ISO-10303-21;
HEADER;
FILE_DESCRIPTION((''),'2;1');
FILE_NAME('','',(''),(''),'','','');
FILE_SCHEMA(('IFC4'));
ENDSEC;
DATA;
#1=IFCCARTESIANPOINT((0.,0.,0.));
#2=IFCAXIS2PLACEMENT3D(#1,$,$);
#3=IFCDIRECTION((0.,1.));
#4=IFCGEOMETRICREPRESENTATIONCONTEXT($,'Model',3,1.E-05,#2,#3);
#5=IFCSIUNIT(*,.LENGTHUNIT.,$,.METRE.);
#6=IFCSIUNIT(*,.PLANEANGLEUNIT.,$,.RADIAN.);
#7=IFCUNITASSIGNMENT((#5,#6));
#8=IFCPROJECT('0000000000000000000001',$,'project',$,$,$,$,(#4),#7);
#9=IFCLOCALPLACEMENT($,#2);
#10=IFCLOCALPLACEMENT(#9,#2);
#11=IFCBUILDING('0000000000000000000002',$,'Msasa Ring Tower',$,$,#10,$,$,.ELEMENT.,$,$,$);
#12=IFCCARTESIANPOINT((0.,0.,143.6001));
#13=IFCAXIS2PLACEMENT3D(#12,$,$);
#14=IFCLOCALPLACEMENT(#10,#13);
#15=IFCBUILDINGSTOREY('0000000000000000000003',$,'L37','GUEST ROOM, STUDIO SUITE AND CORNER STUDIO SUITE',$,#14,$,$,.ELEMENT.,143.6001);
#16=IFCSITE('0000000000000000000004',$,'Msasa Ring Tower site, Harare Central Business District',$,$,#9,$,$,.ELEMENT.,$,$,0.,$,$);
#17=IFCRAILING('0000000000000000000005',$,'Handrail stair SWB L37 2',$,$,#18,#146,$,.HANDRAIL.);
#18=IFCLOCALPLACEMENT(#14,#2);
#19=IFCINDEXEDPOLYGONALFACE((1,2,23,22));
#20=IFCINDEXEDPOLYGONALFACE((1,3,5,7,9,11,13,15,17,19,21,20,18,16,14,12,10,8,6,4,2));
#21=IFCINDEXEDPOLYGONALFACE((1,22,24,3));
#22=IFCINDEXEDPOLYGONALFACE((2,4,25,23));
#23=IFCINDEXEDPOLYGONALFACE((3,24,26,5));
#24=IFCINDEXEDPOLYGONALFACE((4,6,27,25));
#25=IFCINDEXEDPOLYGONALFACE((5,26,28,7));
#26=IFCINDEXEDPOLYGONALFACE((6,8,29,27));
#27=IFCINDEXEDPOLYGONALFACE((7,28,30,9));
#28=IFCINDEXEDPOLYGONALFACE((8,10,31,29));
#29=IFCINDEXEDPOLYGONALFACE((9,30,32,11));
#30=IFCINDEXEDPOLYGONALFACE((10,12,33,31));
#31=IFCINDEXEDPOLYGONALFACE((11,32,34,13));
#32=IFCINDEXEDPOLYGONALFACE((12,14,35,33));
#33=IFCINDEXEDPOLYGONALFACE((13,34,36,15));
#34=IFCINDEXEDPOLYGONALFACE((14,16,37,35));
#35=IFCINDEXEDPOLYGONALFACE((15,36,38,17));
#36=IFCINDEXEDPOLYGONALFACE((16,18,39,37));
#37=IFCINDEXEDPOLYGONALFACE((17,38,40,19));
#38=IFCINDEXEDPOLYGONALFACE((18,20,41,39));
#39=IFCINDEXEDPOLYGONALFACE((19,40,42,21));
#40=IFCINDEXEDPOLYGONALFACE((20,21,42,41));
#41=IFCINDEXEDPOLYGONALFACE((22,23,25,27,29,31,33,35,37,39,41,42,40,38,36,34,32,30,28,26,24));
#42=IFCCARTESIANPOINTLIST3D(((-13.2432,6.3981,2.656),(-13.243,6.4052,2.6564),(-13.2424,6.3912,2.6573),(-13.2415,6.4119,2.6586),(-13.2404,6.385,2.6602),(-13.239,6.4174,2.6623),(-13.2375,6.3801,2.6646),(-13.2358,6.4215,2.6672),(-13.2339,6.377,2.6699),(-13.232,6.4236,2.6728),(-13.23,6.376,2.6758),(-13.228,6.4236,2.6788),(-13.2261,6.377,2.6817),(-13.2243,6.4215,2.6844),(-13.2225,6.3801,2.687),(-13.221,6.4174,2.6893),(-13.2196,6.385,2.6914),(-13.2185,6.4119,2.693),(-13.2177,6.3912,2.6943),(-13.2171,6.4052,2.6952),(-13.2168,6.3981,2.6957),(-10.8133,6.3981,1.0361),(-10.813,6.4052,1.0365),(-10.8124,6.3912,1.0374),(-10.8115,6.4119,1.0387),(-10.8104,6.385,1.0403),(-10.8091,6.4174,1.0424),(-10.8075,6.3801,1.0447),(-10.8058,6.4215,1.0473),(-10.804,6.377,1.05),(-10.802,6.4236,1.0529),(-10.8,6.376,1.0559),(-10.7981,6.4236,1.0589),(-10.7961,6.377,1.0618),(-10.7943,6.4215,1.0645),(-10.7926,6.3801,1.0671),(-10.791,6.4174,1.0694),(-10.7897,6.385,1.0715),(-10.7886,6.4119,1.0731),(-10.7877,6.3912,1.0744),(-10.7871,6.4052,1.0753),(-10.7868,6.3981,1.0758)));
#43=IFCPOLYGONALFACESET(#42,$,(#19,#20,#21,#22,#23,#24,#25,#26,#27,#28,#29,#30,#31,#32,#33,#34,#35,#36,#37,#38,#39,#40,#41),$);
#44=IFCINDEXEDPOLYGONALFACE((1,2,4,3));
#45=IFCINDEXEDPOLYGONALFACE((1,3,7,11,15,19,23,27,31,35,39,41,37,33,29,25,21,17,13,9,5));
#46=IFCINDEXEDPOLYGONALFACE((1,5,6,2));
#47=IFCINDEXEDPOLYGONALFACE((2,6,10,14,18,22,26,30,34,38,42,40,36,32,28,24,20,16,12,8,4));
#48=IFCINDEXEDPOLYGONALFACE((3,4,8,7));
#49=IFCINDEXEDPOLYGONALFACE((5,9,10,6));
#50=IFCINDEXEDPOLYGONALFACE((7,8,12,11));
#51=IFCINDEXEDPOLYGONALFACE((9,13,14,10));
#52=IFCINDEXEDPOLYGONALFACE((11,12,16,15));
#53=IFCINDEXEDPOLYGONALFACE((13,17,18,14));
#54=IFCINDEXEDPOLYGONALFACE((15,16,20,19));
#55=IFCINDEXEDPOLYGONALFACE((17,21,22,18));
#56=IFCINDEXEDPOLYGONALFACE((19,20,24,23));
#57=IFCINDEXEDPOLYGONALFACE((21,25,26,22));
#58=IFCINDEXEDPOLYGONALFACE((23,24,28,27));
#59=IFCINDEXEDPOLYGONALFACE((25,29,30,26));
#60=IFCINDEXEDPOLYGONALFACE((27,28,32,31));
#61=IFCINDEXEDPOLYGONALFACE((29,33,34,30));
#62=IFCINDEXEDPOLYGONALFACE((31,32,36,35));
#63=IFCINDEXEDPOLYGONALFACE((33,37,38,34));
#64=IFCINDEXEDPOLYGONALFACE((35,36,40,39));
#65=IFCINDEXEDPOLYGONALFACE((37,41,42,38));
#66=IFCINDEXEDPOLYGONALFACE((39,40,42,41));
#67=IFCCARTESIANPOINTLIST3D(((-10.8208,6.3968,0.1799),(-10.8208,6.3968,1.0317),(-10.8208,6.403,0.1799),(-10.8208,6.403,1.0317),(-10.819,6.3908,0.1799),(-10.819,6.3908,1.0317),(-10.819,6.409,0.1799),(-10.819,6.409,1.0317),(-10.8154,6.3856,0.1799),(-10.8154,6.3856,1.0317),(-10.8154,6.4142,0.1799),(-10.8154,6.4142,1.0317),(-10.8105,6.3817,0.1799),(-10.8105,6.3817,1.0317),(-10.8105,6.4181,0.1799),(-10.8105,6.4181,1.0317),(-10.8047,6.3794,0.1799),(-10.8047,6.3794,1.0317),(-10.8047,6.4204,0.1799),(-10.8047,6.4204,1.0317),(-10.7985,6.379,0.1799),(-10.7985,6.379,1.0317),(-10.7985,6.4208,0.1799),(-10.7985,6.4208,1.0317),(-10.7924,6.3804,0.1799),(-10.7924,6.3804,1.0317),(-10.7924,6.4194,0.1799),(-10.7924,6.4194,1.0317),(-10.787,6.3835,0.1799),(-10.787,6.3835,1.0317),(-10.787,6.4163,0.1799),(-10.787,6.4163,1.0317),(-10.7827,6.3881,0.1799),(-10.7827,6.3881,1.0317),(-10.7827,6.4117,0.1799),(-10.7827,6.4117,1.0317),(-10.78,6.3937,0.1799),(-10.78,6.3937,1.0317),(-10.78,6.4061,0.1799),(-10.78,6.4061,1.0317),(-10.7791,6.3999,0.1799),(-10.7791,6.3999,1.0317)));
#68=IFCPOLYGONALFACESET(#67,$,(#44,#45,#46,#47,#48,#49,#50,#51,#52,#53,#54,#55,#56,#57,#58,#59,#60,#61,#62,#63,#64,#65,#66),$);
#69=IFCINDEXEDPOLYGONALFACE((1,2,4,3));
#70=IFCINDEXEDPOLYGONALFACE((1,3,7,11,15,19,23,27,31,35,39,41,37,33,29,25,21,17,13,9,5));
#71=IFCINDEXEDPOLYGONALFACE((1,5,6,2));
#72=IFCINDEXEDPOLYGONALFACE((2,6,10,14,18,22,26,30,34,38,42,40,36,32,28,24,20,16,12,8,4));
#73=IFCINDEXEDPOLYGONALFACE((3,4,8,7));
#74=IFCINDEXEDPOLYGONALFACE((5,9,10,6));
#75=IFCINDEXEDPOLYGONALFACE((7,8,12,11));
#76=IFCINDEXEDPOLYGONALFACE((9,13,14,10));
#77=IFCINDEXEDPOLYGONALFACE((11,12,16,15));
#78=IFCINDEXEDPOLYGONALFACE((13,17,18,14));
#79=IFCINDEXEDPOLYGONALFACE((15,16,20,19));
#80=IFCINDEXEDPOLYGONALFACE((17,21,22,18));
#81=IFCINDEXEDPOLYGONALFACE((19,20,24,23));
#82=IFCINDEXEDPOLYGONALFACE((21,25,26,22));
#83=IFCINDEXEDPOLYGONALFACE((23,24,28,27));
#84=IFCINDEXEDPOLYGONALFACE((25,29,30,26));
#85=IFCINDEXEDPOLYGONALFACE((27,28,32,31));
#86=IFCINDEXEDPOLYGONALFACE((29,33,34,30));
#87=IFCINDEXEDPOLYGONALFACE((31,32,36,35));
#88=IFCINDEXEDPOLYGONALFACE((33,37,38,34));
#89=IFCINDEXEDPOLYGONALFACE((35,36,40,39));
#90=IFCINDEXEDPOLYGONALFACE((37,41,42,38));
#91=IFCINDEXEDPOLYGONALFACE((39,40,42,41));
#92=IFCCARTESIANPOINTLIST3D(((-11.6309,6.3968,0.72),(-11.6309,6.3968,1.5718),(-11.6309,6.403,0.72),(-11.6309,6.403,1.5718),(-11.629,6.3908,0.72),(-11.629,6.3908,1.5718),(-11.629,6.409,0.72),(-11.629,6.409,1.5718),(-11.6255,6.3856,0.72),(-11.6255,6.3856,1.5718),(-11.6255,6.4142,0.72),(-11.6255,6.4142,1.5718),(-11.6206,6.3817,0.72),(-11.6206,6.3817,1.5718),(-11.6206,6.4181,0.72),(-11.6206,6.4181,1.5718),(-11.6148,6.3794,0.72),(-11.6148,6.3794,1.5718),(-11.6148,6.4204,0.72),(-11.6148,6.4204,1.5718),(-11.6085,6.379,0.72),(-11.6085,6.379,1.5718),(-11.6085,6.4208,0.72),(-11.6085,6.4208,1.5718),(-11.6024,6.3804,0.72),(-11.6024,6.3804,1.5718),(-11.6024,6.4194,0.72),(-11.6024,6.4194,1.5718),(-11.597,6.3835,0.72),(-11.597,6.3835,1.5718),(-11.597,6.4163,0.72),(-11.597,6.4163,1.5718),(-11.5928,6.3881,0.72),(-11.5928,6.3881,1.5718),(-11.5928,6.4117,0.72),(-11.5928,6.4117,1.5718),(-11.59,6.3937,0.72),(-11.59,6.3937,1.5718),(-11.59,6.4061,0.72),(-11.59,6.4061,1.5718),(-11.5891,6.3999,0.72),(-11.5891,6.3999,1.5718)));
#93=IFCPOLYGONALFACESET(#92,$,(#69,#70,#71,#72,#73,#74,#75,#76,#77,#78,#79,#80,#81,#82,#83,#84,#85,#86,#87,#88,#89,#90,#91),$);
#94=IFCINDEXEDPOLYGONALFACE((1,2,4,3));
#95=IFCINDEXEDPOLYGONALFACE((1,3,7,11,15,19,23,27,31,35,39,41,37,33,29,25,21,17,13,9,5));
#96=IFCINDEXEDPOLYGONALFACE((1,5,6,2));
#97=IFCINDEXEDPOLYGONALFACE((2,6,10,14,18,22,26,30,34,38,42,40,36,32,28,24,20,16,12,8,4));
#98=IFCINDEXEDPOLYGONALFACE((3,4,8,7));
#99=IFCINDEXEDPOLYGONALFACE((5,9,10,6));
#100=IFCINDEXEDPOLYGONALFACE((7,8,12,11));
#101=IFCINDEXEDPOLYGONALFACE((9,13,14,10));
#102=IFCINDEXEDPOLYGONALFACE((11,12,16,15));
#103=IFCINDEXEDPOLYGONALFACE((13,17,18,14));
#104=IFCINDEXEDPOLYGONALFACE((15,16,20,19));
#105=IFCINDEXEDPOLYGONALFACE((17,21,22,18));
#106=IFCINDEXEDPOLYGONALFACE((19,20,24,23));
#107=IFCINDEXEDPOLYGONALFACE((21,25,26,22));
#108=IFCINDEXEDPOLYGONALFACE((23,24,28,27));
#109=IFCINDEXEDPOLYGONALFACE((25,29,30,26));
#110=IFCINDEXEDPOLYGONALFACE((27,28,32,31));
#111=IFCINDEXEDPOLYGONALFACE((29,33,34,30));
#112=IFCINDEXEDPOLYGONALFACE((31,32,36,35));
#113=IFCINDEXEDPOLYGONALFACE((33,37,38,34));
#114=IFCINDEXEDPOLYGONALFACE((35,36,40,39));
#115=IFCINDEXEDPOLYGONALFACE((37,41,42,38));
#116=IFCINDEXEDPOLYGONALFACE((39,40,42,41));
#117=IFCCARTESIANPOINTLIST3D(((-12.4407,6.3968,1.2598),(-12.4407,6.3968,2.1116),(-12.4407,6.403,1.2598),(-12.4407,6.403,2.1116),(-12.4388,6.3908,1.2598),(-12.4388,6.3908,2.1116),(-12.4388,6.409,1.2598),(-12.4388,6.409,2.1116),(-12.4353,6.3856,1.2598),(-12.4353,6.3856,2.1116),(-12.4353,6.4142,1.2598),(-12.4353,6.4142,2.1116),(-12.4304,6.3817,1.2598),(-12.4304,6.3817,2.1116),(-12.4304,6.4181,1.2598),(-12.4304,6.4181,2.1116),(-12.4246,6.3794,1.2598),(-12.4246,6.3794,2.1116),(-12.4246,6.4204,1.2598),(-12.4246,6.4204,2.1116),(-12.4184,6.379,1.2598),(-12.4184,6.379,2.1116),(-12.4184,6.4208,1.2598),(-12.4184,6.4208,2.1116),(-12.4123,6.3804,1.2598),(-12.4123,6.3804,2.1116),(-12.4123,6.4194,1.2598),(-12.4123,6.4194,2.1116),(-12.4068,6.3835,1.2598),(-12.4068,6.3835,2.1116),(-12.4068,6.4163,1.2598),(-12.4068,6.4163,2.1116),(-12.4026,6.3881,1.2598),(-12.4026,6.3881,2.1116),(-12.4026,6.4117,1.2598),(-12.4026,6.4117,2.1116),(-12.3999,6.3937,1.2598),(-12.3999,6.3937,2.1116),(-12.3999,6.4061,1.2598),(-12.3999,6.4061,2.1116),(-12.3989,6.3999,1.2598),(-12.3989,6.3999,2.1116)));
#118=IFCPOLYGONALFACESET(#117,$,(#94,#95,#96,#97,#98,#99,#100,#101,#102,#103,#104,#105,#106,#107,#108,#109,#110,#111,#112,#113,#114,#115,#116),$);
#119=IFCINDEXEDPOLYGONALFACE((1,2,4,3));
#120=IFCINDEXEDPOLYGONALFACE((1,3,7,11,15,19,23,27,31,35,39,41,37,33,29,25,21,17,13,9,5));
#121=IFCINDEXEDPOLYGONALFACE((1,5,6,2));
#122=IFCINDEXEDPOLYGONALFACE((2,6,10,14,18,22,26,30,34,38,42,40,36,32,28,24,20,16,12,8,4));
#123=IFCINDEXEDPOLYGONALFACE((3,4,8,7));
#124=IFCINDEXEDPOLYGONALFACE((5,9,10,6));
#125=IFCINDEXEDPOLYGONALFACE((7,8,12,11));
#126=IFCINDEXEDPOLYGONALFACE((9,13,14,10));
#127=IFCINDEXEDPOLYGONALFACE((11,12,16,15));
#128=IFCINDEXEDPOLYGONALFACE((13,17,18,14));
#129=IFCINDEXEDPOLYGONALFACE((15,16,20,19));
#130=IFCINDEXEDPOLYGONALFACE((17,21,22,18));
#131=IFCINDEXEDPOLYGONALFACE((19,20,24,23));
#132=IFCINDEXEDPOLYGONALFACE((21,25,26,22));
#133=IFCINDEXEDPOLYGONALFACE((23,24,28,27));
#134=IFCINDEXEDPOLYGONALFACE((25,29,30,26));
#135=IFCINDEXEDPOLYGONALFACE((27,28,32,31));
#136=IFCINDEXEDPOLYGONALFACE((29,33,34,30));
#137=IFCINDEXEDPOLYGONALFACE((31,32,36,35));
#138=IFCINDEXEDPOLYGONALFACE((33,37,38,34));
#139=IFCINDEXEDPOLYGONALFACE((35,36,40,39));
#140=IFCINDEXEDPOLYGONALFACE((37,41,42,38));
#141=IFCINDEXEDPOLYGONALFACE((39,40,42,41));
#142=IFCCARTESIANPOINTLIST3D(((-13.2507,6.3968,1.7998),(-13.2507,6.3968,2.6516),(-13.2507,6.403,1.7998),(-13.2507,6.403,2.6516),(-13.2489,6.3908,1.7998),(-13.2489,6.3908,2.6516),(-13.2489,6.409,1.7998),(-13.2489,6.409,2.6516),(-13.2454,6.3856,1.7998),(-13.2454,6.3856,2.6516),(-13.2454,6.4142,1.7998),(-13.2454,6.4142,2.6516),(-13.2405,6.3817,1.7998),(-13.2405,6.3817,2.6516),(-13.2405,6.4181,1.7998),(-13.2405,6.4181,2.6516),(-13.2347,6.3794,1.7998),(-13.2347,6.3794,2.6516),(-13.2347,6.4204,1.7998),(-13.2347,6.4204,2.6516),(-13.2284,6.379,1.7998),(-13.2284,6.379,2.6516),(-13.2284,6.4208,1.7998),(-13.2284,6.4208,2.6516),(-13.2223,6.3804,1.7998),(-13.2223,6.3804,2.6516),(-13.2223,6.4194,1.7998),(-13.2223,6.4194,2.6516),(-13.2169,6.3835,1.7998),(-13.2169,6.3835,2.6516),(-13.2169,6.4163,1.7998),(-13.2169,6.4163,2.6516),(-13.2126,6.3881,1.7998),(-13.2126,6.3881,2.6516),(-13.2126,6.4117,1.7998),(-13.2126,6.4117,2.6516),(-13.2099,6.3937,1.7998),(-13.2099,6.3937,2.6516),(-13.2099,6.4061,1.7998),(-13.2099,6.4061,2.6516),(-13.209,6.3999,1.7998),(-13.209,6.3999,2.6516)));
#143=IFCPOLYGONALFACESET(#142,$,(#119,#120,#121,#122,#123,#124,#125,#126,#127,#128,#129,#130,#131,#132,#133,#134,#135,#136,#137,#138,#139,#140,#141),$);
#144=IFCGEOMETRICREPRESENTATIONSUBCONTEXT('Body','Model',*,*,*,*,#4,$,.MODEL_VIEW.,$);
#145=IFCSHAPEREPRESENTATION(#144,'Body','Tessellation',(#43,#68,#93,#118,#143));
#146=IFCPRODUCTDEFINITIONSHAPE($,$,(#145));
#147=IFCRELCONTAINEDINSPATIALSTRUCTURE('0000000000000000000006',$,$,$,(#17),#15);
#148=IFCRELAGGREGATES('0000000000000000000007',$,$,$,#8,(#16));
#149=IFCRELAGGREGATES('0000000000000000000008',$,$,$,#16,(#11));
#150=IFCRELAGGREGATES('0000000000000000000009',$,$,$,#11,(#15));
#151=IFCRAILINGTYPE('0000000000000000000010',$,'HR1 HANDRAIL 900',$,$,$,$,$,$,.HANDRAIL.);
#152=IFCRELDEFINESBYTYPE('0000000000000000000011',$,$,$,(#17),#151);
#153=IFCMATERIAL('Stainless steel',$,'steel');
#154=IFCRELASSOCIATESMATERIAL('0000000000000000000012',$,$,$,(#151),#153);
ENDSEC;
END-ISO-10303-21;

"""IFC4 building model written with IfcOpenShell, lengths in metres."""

from ifc_helpers import new_model, si_unit, direction, frame, origin, origin_2d, place, context, subcontext, project, spatial, circle, extrude, material, type_object, element, save


model = new_model("IFC4")

# Units and contexts
model_context = context("Model", 3, precision=1e-05, world=origin(), true_north=direction((0.0, 1.0)))
body_context = subcontext(model_context, "Body", "Model", "MODEL_VIEW")
ifc_project = project(units=[si_unit("LENGTHUNIT", "METRE"), si_unit("PLANEANGLEUNIT", "RADIAN")], contexts=[model_context])

# Site, building, storey
site_placement = place(None, origin())
site = spatial("IfcSite", under=ifc_project, at=site_placement, Name="Msasa Ring Tower site, Harare Central Business District", CompositionType="ELEMENT", RefElevation=0.0)
building_placement = place(site_placement, origin())
building = spatial("IfcBuilding", under=site, at=building_placement, Name="Msasa Ring Tower", CompositionType="ELEMENT")
storey_placement = place(building_placement, frame((0.0, 0.0, 143.6001)))
storey = spatial("IfcBuildingStorey", under=building, at=storey_placement, Name="L37", Description="GUEST ROOM, STUDIO SUITE AND CORNER STUDIO SUITE", CompositionType="ELEMENT", Elevation=143.6001)

# Railing
ifc_material_1 = material(Name="Stainless steel", Category="steel")
railing_type = type_object("IfcRailingType", Name="HR1 HANDRAIL 900", PredefinedType="HANDRAIL", material=ifc_material_1)
for number, where, name in (
    (1, (-10.8, 6.3999, 0.1799), "Handrail stair SWB L37 2"),
):
    element("IfcRailing", number, at=place(storey_placement, frame(where)), inside=storey, type_object=railing_type, Name=name, PredefinedType="HANDRAIL", context=body_context, shape_type="SweptSolid", body=[
        extrude(circle(Radius=0.0239, at=origin_2d()), frame((0.0, 0.0, 0.876), z_axis=(-0.832063, 0.0, 0.554681), x_axis=(0.0, -1.0, 0.0)), (0.0, 0.0, 1.0), 2.9204),
        extrude(circle(Radius=0.021, at=origin_2d()), origin(), (0.0, 0.0, 1.0), 0.8518),
        extrude(circle(Radius=0.021, at=origin_2d()), frame((-0.8101, 0.0, 0.54)), (0.0, 0.0, 1.0), 0.8518),
        extrude(circle(Radius=0.021, at=origin_2d()), frame((-1.6199, 0.0, 1.0798)), (0.0, 0.0, 1.0), 0.8518),
        extrude(circle(Radius=0.021, at=origin_2d()), frame((-2.4299, 0.0, 1.6199)), (0.0, 0.0, 1.0), 0.8518),
    ])

save(model, "model.ifc")
